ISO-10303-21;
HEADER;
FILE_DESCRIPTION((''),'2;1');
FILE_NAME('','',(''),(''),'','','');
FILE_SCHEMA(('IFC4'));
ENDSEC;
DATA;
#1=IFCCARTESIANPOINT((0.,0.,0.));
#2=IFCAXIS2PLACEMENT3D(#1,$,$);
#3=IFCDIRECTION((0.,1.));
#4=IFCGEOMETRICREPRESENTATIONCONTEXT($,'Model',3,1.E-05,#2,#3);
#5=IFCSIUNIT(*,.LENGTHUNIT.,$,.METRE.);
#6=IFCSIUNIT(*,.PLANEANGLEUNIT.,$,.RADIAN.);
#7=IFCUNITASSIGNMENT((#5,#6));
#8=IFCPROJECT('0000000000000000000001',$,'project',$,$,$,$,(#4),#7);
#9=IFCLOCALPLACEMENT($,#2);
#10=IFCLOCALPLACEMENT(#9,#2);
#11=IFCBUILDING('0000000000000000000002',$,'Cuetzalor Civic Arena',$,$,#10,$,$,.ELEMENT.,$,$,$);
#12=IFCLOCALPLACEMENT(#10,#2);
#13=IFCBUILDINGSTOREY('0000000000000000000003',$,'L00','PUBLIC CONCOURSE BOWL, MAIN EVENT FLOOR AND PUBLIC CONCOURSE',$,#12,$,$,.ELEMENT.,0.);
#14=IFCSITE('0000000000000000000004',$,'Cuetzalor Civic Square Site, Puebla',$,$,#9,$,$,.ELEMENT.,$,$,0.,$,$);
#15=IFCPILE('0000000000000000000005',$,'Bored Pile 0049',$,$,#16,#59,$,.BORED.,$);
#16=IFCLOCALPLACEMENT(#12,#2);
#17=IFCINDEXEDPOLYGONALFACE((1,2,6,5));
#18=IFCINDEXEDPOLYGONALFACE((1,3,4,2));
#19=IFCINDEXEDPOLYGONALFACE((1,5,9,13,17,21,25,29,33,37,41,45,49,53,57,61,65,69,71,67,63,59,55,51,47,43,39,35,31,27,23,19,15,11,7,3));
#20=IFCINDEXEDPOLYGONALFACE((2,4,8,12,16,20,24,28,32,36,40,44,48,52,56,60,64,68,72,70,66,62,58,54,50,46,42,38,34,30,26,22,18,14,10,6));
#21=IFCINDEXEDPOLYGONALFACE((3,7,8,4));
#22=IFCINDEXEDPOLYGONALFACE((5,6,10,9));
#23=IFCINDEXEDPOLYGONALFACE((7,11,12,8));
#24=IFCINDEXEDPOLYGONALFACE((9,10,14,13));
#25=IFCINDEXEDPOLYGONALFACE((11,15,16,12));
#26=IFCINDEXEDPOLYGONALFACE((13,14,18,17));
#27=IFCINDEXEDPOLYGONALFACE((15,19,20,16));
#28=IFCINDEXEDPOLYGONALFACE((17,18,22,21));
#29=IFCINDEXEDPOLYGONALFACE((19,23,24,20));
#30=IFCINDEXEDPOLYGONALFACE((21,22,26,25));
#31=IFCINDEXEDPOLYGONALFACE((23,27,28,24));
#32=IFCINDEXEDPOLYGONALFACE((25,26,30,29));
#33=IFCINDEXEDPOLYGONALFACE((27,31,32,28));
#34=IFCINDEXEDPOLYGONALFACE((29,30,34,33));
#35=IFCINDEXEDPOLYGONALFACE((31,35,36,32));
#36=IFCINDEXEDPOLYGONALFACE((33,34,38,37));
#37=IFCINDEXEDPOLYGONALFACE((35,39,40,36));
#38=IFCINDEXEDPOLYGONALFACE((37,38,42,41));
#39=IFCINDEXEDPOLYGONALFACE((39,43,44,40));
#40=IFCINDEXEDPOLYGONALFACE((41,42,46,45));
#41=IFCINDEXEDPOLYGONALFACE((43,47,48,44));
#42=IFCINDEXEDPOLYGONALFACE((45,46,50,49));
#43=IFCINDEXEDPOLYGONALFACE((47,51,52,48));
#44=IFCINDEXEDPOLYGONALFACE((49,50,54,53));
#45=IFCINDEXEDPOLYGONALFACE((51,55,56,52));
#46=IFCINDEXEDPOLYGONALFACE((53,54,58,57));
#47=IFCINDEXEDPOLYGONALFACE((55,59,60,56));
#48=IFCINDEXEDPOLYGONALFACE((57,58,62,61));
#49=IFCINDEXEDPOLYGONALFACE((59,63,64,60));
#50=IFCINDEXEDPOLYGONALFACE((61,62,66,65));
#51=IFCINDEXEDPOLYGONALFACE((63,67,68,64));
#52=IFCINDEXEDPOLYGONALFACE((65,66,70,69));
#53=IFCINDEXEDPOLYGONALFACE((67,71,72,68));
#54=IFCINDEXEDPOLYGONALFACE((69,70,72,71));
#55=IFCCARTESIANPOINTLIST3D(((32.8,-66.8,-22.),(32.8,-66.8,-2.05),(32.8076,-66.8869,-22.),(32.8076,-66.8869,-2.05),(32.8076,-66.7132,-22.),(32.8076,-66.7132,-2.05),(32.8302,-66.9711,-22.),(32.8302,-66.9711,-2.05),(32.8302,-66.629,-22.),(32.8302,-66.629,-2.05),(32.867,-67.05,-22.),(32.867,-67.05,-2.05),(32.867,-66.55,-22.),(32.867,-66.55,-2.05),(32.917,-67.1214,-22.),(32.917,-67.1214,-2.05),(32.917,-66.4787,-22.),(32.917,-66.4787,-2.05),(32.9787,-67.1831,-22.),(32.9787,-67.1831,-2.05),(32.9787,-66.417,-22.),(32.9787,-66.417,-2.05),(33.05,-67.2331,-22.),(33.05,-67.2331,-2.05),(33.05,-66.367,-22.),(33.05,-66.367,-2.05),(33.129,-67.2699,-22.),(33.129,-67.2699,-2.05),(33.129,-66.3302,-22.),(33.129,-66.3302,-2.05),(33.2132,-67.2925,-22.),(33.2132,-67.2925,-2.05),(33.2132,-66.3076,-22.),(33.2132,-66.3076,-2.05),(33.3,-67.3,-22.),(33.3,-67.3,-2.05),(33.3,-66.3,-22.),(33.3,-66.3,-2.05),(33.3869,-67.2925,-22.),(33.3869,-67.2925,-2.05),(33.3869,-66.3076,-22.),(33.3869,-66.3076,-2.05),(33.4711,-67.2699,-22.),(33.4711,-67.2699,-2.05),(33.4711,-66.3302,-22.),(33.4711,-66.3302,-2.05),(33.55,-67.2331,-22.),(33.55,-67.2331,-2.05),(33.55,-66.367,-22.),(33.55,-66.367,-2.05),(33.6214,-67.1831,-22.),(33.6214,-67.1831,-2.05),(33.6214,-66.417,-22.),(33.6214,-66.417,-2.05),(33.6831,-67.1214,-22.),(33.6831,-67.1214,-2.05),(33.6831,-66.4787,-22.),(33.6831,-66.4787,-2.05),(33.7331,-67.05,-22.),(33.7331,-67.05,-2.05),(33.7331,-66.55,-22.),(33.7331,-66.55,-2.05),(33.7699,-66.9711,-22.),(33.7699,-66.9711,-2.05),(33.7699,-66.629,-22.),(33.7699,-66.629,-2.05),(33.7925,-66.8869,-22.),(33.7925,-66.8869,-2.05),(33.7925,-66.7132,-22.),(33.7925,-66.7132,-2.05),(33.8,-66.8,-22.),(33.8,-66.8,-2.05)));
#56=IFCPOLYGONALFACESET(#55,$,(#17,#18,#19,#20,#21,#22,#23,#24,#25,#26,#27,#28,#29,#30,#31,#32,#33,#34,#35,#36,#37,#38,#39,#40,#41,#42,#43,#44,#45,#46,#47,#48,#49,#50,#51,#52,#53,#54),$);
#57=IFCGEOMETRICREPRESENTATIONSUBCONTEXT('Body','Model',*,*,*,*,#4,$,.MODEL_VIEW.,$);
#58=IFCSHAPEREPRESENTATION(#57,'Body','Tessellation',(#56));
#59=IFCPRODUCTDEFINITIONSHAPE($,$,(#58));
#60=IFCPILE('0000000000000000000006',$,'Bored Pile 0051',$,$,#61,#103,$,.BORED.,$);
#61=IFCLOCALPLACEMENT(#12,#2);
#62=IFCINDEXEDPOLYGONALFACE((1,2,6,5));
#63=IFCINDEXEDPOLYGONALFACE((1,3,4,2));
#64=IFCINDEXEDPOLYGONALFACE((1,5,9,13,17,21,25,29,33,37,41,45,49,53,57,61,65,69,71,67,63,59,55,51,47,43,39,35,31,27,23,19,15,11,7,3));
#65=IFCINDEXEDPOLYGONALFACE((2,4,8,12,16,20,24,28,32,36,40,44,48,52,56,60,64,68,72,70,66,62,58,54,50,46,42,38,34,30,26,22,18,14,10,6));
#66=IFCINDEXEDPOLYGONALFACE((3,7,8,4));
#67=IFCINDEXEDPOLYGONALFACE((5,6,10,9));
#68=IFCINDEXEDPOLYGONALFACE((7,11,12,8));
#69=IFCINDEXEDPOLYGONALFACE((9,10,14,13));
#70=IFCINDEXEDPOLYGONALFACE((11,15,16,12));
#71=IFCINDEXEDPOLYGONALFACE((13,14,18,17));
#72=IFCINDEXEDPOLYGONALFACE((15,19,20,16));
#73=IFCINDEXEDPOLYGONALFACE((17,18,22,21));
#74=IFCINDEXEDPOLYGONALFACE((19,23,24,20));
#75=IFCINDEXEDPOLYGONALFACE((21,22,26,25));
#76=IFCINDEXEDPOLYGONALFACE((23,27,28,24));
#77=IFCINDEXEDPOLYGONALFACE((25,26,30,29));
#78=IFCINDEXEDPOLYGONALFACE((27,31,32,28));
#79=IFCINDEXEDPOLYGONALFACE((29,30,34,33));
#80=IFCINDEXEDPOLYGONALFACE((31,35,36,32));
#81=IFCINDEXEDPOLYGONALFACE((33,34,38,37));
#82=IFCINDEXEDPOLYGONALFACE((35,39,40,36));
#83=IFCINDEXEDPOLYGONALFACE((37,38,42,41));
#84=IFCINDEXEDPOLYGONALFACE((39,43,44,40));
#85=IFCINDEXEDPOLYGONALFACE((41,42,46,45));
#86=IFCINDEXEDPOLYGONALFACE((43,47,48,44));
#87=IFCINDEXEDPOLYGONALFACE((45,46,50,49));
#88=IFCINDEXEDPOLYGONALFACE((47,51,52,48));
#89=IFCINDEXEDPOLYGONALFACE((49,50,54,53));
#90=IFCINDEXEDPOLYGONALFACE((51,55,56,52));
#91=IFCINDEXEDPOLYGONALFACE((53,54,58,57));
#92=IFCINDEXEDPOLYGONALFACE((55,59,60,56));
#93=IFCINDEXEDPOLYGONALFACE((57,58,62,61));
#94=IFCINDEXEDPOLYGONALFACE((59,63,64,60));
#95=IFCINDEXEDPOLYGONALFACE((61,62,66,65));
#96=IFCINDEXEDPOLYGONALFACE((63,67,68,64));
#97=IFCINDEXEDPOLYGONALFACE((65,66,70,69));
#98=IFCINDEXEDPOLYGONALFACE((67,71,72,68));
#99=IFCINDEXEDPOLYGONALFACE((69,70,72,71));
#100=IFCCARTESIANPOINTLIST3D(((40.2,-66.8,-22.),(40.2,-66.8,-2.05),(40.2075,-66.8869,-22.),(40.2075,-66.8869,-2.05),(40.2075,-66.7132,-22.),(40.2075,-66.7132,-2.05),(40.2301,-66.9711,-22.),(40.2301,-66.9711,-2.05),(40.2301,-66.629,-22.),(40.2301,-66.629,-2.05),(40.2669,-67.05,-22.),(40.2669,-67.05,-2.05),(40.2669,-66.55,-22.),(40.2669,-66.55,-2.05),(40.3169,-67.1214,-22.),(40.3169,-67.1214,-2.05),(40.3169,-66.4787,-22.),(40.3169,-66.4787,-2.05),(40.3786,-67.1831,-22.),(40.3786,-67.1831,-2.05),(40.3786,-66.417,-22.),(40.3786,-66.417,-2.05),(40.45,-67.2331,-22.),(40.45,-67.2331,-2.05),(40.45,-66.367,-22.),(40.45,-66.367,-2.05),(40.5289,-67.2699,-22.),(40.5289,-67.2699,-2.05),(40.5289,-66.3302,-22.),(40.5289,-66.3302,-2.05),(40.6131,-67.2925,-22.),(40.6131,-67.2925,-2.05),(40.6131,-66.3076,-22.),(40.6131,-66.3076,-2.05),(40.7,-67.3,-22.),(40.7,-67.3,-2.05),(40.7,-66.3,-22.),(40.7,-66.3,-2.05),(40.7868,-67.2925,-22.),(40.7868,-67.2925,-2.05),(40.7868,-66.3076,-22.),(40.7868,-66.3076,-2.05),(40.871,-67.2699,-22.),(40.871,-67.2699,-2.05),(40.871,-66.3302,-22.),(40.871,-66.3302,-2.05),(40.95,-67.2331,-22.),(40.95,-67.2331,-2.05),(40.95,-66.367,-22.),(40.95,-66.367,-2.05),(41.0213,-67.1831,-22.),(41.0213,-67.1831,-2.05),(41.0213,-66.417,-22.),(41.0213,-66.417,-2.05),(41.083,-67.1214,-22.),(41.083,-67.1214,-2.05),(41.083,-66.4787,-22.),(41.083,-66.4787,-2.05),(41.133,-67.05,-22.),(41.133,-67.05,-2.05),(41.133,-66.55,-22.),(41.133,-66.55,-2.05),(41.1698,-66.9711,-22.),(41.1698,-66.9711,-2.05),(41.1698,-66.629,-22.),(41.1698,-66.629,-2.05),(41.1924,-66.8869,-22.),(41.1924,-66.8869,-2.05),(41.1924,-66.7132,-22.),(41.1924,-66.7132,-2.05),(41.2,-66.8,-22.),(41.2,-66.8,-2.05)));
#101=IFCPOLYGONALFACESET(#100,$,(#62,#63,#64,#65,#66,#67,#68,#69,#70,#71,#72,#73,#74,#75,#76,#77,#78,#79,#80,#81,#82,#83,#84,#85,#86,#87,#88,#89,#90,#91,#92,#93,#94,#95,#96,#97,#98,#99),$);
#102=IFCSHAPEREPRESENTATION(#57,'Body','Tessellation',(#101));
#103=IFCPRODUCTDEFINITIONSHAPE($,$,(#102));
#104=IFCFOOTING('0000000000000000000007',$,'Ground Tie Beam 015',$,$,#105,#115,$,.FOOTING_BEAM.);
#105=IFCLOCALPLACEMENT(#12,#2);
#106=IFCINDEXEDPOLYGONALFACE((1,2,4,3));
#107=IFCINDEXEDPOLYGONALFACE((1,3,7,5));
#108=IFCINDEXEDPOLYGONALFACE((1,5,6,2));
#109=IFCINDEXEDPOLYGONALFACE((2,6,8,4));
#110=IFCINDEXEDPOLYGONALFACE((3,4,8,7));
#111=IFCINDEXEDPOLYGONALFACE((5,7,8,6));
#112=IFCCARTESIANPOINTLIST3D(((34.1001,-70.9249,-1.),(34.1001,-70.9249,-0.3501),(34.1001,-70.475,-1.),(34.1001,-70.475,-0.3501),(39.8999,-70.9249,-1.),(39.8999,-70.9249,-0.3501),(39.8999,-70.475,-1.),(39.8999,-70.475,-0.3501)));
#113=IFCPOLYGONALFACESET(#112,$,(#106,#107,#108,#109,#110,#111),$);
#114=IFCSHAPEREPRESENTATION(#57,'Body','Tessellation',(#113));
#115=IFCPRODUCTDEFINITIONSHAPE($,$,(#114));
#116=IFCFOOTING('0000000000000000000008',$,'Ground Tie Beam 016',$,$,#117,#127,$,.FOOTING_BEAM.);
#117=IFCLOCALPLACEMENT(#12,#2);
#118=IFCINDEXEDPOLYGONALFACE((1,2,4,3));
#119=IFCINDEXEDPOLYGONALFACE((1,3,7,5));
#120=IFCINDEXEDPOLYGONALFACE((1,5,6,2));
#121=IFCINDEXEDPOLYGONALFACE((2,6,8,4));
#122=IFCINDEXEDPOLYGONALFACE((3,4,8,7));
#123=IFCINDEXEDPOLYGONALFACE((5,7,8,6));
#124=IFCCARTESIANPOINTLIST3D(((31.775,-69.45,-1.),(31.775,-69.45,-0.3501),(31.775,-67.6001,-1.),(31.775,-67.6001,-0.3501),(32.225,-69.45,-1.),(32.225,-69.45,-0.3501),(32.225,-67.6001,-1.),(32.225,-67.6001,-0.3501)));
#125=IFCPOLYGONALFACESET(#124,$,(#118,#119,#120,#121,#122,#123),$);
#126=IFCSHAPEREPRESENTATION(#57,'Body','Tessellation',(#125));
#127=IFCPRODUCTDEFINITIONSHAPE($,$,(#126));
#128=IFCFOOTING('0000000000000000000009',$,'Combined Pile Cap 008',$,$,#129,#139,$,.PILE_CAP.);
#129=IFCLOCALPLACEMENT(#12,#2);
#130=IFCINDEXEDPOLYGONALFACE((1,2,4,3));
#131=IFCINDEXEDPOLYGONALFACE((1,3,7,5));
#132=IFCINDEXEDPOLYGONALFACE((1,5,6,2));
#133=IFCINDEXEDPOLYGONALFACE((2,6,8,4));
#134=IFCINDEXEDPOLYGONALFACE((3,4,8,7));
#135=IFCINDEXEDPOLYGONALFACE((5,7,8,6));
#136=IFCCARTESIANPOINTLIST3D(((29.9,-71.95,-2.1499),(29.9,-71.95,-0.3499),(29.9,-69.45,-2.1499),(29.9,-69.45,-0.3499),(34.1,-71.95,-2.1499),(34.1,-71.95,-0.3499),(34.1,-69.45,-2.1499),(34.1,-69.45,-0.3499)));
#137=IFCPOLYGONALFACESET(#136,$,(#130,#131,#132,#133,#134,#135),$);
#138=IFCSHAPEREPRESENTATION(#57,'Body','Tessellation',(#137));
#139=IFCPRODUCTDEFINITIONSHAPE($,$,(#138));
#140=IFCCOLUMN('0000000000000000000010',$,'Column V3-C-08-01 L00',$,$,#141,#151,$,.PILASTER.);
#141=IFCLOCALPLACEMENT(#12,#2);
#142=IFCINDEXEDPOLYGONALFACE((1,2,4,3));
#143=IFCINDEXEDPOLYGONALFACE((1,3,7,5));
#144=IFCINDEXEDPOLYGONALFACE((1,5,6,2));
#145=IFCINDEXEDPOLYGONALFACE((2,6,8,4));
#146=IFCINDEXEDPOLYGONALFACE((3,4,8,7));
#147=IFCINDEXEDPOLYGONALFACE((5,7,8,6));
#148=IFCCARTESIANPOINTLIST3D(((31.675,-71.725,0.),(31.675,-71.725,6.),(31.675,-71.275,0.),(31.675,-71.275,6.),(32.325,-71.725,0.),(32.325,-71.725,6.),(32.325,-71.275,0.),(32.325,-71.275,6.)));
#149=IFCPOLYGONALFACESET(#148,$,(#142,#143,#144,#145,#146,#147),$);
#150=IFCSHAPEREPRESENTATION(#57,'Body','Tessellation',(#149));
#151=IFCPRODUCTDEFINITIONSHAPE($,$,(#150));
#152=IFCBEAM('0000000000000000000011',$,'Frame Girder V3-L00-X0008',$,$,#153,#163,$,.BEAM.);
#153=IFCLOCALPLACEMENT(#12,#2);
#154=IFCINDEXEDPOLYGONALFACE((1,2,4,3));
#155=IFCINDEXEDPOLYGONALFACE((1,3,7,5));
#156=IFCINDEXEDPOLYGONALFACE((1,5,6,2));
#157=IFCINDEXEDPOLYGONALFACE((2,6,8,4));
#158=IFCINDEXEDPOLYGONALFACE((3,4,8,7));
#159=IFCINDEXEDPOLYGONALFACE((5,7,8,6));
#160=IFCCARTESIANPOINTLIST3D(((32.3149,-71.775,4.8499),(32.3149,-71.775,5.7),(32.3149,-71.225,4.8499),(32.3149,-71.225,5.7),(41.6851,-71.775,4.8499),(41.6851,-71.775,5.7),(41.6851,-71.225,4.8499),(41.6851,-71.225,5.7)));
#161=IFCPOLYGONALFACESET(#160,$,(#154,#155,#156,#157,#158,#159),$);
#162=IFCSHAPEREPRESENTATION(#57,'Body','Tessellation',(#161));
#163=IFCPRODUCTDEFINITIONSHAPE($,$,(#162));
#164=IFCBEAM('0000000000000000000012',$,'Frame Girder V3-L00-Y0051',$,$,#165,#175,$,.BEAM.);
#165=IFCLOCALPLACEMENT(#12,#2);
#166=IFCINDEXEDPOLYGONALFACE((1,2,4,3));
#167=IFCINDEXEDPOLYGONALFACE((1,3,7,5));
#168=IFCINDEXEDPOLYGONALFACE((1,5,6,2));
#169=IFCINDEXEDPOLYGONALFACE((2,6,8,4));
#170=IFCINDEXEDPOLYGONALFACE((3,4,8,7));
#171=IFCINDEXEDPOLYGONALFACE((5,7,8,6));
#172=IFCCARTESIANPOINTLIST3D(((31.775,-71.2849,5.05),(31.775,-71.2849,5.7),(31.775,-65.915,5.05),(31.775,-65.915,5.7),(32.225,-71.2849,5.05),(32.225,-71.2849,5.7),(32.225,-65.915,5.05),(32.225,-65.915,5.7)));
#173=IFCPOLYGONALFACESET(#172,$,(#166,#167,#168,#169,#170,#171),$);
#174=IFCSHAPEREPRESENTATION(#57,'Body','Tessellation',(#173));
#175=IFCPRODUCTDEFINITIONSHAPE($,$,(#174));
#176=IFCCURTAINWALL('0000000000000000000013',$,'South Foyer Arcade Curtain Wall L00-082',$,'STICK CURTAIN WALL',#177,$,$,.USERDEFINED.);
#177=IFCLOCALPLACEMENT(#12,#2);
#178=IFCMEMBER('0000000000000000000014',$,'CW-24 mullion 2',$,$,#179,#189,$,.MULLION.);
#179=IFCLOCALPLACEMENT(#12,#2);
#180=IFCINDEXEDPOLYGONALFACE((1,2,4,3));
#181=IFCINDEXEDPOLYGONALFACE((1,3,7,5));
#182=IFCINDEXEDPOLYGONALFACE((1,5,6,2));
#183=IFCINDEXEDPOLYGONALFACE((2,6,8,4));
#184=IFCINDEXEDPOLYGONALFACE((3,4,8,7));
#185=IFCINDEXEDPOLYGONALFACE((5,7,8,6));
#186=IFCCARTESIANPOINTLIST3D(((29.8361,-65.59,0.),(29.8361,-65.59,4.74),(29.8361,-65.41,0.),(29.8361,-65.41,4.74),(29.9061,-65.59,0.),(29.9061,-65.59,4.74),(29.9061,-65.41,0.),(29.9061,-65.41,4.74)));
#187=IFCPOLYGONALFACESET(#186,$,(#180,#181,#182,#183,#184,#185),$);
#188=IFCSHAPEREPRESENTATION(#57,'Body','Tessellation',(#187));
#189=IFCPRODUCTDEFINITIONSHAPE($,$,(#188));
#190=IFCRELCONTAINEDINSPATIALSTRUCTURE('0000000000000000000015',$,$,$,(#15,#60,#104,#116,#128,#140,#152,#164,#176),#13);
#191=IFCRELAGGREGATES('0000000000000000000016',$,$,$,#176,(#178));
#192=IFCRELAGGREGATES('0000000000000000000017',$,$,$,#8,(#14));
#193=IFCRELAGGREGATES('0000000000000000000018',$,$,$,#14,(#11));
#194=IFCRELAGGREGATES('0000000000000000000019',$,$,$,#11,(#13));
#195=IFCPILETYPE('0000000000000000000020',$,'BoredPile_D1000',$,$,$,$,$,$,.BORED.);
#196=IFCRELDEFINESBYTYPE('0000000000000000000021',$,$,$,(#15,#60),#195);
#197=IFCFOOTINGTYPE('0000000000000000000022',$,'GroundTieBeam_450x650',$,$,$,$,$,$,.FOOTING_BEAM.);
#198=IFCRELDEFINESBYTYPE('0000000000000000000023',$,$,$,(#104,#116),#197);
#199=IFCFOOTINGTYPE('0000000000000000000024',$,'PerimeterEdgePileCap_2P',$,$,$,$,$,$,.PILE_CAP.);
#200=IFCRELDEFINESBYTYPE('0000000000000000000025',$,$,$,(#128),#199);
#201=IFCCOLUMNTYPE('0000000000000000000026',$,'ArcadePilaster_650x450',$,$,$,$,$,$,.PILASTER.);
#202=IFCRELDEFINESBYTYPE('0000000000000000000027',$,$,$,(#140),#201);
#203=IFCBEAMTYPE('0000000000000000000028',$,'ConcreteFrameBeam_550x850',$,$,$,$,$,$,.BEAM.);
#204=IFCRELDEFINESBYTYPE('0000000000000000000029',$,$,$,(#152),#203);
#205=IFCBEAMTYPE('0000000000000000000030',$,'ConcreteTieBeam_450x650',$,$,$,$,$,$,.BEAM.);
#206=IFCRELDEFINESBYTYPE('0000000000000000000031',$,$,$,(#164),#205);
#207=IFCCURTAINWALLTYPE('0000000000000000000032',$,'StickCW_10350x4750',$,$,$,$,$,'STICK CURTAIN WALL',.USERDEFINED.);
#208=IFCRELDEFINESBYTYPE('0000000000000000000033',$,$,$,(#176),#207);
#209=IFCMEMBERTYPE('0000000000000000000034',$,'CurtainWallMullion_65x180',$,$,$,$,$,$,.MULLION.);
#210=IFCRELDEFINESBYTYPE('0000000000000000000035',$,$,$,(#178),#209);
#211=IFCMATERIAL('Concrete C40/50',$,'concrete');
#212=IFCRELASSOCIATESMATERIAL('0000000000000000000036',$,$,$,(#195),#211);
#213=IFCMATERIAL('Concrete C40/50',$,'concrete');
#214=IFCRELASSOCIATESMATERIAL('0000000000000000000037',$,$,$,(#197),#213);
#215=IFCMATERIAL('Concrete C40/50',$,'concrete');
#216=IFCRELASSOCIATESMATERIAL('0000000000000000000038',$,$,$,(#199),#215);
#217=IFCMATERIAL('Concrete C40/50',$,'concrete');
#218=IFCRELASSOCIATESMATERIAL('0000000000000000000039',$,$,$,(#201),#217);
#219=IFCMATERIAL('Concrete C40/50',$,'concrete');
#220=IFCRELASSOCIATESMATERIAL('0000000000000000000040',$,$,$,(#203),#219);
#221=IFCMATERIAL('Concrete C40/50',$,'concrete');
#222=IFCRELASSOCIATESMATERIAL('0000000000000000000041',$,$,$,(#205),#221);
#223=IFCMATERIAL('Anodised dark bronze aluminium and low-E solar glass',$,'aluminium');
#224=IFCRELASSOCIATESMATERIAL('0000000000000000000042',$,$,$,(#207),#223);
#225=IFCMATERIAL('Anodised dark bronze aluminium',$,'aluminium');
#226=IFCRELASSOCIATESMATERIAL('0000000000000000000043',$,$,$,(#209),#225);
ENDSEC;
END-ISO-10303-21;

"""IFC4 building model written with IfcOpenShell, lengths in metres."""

from ifc_helpers import new_model, si_unit, direction, frame, origin, origin_2d, place, context, subcontext, project, spatial, rectangle, circle, extrude, material, material_profile, profile_set, type_object, element, aggregate, save


model = new_model("IFC4")

# Units and contexts
model_context = context("Model", 3, precision=1e-05, world=origin(), true_north=direction((0.0, 1.0)))
body_context = subcontext(model_context, "Body", "Model", "MODEL_VIEW")
ifc_project = project(units=[si_unit("LENGTHUNIT", "METRE"), si_unit("PLANEANGLEUNIT", "RADIAN")], contexts=[model_context])

# Site, building, storey
site_placement = place(None, origin())
site = spatial("IfcSite", under=ifc_project, at=site_placement, Name="Cuetzalor Civic Square Site, Puebla", CompositionType="ELEMENT", RefElevation=0.0)
building_placement = place(site_placement, origin())
building = spatial("IfcBuilding", under=site, at=building_placement, Name="Cuetzalor Civic Arena", CompositionType="ELEMENT")
storey_placement = place(building_placement, origin())
storey = spatial("IfcBuildingStorey", under=building, at=storey_placement, Name="L00", Description="PUBLIC CONCOURSE BOWL, MAIN EVENT FLOOR AND PUBLIC CONCOURSE", CompositionType="ELEMENT", Elevation=0.0)

# Piles
ifc_material_1 = material(Name="Concrete C40/50", Category="concrete")
ifc_material_profile_1 = material_profile(ifc_material_1, circle(Radius=0.5, at=origin_2d()), Name="BORED PILE D1000")
ifc_profile_set_1 = profile_set([ifc_material_profile_1], Name="Concrete C40/50")
pile_type = type_object("IfcPileType", Name="BoredPile_D1000", PredefinedType="BORED", material=ifc_profile_set_1)
for number, where, z_axis, x_axis, name in (
    (1, (33.3, -66.8, -2.05), (0.0, 0.0, -1.0), (1.0, 0.0, 0.0), "Bored Pile 0049"),
    (2, (40.7, -66.8, -2.05), (0.0, 0.0, -1.0), (1.0, 0.0, 0.0), "Bored Pile 0051"),
):
    element("IfcPile", number, at=place(storey_placement, frame(where, z_axis=z_axis, x_axis=x_axis)), inside=storey, type_object=pile_type, Name=name, PredefinedType="BORED", context=body_context, shape_type="SweptSolid", body=[
        extrude(circle(Radius=0.5, at=origin_2d()), origin(), (0.0, 0.0, 1.0), 19.95),
    ])

# Footings
ifc_material_2 = material(Name="Concrete C40/50", Category="concrete")
ifc_material_profile_2 = material_profile(ifc_material_2, rectangle(XDim=0.45, YDim=0.6499, at=origin_2d()), Name="RC 450x650")
ifc_profile_set_2 = profile_set([ifc_material_profile_2], Name="Concrete C40/50")
footing_type_1 = type_object("IfcFootingType", Name="GroundTieBeam_450x650", PredefinedType="FOOTING_BEAM", material=ifc_profile_set_2)
footing_1_placement = place(storey_placement, frame((34.1001, -70.7, -0.675), z_axis=(1.0, 0.0, 0.0), x_axis=(0.0, 1.0, 0.0)))
element("IfcFooting", 3, at=footing_1_placement, inside=storey, type_object=footing_type_1, Name="Ground Tie Beam 015", PredefinedType="FOOTING_BEAM", context=body_context, shape_type="SweptSolid", body=[
    extrude(rectangle(XDim=0.45, YDim=0.6499, at=origin_2d()), origin(), (0.0, 0.0, 1.0), 5.7998),
])
footing_2_placement = place(storey_placement, frame((32.0, -69.45, -0.675), z_axis=(0.0, 1.0, 0.0), x_axis=(-1.0, 0.0, 0.0)))
element("IfcFooting", 4, at=footing_2_placement, inside=storey, type_object=footing_type_1, Name="Ground Tie Beam 016", PredefinedType="FOOTING_BEAM", context=body_context, shape_type="SweptSolid", body=[
    extrude(rectangle(XDim=0.45, YDim=0.6499, at=origin_2d()), origin(), (0.0, 0.0, 1.0), 1.8499),
])
ifc_material_3 = material(Name="Concrete C40/50", Category="concrete")
footing_type_2 = type_object("IfcFootingType", Name="PerimeterEdgePileCap_2P", PredefinedType="PILE_CAP", material=ifc_material_3)
footing_3_placement = place(storey_placement, frame((32.0, -70.7, -2.1499), z_axis=(0.0, 0.0, 1.0), x_axis=(1.0, 0.0, 0.0)))
element("IfcFooting", 5, at=footing_3_placement, inside=storey, type_object=footing_type_2, Name="Combined Pile Cap 008", PredefinedType="PILE_CAP", context=body_context, shape_type="SweptSolid", body=[
    extrude(rectangle(XDim=4.2, YDim=2.5, at=origin_2d()), origin(), (0.0, 0.0, 1.0), 1.8),
])

# Column
ifc_material_4 = material(Name="Concrete C40/50", Category="concrete")
ifc_material_profile_3 = material_profile(ifc_material_4, rectangle(XDim=0.6499, YDim=0.45, at=origin_2d()), Name="RC 650x450")
ifc_profile_set_3 = profile_set([ifc_material_profile_3], Name="Concrete C40/50")
column_type = type_object("IfcColumnType", Name="ArcadePilaster_650x450", PredefinedType="PILASTER", material=ifc_profile_set_3)
column_placement = place(storey_placement, frame((32.0, -71.5, 0.0), z_axis=(0.0, 0.0, 1.0), x_axis=(1.0, 0.0, 0.0)))
element("IfcColumn", 6, at=column_placement, inside=storey, type_object=column_type, Name="Column V3-C-08-01 L00", PredefinedType="PILASTER", context=body_context, shape_type="SweptSolid", body=[
    extrude(rectangle(XDim=0.6499, YDim=0.45, at=origin_2d()), origin(), (0.0, 0.0, 1.0), 6.0),
])

# Beams
ifc_material_5 = material(Name="Concrete C40/50", Category="concrete")
ifc_material_profile_4 = material_profile(ifc_material_5, rectangle(XDim=0.55, YDim=0.8501, at=origin_2d()), Name="RC 550x850")
ifc_profile_set_4 = profile_set([ifc_material_profile_4], Name="Concrete C40/50")
beam_type_1 = type_object("IfcBeamType", Name="ConcreteFrameBeam_550x850", PredefinedType="BEAM", material=ifc_profile_set_4)
beam_1_placement = place(storey_placement, frame((32.3149, -71.5, 5.2749), z_axis=(1.0, 0.0, 0.0), x_axis=(0.0, 1.0, 0.0)))
element("IfcBeam", 7, at=beam_1_placement, inside=storey, type_object=beam_type_1, Name="Frame Girder V3-L00-X0008", PredefinedType="BEAM", context=body_context, shape_type="SweptSolid", body=[
    extrude(rectangle(XDim=0.55, YDim=0.8501, at=origin_2d()), origin(), (0.0, 0.0, 1.0), 9.3701),
])
ifc_material_6 = material(Name="Concrete C40/50", Category="concrete")
ifc_material_profile_5 = material_profile(ifc_material_6, rectangle(XDim=0.45, YDim=0.6499, at=origin_2d()), Name="RC 450x650")
ifc_profile_set_5 = profile_set([ifc_material_profile_5], Name="Concrete C40/50")
beam_type_2 = type_object("IfcBeamType", Name="ConcreteTieBeam_450x650", PredefinedType="BEAM", material=ifc_profile_set_5)
beam_2_placement = place(storey_placement, frame((32.0, -71.2849, 5.375), z_axis=(0.0, 1.0, 0.0), x_axis=(-1.0, 0.0, 0.0)))
element("IfcBeam", 8, at=beam_2_placement, inside=storey, type_object=beam_type_2, Name="Frame Girder V3-L00-Y0051", PredefinedType="BEAM", context=body_context, shape_type="SweptSolid", body=[
    extrude(rectangle(XDim=0.45, YDim=0.6499, at=origin_2d()), origin(), (0.0, 0.0, 1.0), 5.3699),
])

# Curtain wall, member
ifc_material_7 = material(Name="Anodised dark bronze aluminium and low-E solar glass", Category="aluminium")
curtain_wall_type = type_object("IfcCurtainWallType", Name="StickCW_10350x4750", ElementType="STICK CURTAIN WALL", PredefinedType="USERDEFINED", material=ifc_material_7)
curtain_wall_placement = place(storey_placement, origin())
curtain_wall = element("IfcCurtainWall", 9, at=curtain_wall_placement, inside=storey, type_object=curtain_wall_type, Name="South Foyer Arcade Curtain Wall L00-082", ObjectType="STICK CURTAIN WALL", PredefinedType="USERDEFINED")
ifc_material_8 = material(Name="Anodised dark bronze aluminium", Category="aluminium")
ifc_material_profile_6 = material_profile(ifc_material_8, rectangle(XDim=0.0701, YDim=0.1799, at=origin_2d()), Name="ALU MULLION 70x180")
ifc_profile_set_6 = profile_set([ifc_material_profile_6], Name="Anodised dark bronze aluminium")
member_type_1 = type_object("IfcMemberType", Name="CurtainWallMullion_65x180", PredefinedType="MULLION", material=ifc_profile_set_6)
member_1_placement = place(storey_placement, frame((29.8711, -65.5, 0.0), z_axis=(0.0, 0.0, 1.0), x_axis=(-1.0, 0.0, 0.0)))
member_1 = element("IfcMember", 10, at=member_1_placement, type_object=member_type_1, Name="CW-24 mullion 2", PredefinedType="MULLION", context=body_context, shape_type="SweptSolid", body=[
    extrude(rectangle(XDim=0.0701, YDim=0.1799, at=origin_2d()), origin(), (0.0, 0.0, 1.0), 4.74),
])

aggregate(curtain_wall, [member_1])

save(model, "model.ifc")
